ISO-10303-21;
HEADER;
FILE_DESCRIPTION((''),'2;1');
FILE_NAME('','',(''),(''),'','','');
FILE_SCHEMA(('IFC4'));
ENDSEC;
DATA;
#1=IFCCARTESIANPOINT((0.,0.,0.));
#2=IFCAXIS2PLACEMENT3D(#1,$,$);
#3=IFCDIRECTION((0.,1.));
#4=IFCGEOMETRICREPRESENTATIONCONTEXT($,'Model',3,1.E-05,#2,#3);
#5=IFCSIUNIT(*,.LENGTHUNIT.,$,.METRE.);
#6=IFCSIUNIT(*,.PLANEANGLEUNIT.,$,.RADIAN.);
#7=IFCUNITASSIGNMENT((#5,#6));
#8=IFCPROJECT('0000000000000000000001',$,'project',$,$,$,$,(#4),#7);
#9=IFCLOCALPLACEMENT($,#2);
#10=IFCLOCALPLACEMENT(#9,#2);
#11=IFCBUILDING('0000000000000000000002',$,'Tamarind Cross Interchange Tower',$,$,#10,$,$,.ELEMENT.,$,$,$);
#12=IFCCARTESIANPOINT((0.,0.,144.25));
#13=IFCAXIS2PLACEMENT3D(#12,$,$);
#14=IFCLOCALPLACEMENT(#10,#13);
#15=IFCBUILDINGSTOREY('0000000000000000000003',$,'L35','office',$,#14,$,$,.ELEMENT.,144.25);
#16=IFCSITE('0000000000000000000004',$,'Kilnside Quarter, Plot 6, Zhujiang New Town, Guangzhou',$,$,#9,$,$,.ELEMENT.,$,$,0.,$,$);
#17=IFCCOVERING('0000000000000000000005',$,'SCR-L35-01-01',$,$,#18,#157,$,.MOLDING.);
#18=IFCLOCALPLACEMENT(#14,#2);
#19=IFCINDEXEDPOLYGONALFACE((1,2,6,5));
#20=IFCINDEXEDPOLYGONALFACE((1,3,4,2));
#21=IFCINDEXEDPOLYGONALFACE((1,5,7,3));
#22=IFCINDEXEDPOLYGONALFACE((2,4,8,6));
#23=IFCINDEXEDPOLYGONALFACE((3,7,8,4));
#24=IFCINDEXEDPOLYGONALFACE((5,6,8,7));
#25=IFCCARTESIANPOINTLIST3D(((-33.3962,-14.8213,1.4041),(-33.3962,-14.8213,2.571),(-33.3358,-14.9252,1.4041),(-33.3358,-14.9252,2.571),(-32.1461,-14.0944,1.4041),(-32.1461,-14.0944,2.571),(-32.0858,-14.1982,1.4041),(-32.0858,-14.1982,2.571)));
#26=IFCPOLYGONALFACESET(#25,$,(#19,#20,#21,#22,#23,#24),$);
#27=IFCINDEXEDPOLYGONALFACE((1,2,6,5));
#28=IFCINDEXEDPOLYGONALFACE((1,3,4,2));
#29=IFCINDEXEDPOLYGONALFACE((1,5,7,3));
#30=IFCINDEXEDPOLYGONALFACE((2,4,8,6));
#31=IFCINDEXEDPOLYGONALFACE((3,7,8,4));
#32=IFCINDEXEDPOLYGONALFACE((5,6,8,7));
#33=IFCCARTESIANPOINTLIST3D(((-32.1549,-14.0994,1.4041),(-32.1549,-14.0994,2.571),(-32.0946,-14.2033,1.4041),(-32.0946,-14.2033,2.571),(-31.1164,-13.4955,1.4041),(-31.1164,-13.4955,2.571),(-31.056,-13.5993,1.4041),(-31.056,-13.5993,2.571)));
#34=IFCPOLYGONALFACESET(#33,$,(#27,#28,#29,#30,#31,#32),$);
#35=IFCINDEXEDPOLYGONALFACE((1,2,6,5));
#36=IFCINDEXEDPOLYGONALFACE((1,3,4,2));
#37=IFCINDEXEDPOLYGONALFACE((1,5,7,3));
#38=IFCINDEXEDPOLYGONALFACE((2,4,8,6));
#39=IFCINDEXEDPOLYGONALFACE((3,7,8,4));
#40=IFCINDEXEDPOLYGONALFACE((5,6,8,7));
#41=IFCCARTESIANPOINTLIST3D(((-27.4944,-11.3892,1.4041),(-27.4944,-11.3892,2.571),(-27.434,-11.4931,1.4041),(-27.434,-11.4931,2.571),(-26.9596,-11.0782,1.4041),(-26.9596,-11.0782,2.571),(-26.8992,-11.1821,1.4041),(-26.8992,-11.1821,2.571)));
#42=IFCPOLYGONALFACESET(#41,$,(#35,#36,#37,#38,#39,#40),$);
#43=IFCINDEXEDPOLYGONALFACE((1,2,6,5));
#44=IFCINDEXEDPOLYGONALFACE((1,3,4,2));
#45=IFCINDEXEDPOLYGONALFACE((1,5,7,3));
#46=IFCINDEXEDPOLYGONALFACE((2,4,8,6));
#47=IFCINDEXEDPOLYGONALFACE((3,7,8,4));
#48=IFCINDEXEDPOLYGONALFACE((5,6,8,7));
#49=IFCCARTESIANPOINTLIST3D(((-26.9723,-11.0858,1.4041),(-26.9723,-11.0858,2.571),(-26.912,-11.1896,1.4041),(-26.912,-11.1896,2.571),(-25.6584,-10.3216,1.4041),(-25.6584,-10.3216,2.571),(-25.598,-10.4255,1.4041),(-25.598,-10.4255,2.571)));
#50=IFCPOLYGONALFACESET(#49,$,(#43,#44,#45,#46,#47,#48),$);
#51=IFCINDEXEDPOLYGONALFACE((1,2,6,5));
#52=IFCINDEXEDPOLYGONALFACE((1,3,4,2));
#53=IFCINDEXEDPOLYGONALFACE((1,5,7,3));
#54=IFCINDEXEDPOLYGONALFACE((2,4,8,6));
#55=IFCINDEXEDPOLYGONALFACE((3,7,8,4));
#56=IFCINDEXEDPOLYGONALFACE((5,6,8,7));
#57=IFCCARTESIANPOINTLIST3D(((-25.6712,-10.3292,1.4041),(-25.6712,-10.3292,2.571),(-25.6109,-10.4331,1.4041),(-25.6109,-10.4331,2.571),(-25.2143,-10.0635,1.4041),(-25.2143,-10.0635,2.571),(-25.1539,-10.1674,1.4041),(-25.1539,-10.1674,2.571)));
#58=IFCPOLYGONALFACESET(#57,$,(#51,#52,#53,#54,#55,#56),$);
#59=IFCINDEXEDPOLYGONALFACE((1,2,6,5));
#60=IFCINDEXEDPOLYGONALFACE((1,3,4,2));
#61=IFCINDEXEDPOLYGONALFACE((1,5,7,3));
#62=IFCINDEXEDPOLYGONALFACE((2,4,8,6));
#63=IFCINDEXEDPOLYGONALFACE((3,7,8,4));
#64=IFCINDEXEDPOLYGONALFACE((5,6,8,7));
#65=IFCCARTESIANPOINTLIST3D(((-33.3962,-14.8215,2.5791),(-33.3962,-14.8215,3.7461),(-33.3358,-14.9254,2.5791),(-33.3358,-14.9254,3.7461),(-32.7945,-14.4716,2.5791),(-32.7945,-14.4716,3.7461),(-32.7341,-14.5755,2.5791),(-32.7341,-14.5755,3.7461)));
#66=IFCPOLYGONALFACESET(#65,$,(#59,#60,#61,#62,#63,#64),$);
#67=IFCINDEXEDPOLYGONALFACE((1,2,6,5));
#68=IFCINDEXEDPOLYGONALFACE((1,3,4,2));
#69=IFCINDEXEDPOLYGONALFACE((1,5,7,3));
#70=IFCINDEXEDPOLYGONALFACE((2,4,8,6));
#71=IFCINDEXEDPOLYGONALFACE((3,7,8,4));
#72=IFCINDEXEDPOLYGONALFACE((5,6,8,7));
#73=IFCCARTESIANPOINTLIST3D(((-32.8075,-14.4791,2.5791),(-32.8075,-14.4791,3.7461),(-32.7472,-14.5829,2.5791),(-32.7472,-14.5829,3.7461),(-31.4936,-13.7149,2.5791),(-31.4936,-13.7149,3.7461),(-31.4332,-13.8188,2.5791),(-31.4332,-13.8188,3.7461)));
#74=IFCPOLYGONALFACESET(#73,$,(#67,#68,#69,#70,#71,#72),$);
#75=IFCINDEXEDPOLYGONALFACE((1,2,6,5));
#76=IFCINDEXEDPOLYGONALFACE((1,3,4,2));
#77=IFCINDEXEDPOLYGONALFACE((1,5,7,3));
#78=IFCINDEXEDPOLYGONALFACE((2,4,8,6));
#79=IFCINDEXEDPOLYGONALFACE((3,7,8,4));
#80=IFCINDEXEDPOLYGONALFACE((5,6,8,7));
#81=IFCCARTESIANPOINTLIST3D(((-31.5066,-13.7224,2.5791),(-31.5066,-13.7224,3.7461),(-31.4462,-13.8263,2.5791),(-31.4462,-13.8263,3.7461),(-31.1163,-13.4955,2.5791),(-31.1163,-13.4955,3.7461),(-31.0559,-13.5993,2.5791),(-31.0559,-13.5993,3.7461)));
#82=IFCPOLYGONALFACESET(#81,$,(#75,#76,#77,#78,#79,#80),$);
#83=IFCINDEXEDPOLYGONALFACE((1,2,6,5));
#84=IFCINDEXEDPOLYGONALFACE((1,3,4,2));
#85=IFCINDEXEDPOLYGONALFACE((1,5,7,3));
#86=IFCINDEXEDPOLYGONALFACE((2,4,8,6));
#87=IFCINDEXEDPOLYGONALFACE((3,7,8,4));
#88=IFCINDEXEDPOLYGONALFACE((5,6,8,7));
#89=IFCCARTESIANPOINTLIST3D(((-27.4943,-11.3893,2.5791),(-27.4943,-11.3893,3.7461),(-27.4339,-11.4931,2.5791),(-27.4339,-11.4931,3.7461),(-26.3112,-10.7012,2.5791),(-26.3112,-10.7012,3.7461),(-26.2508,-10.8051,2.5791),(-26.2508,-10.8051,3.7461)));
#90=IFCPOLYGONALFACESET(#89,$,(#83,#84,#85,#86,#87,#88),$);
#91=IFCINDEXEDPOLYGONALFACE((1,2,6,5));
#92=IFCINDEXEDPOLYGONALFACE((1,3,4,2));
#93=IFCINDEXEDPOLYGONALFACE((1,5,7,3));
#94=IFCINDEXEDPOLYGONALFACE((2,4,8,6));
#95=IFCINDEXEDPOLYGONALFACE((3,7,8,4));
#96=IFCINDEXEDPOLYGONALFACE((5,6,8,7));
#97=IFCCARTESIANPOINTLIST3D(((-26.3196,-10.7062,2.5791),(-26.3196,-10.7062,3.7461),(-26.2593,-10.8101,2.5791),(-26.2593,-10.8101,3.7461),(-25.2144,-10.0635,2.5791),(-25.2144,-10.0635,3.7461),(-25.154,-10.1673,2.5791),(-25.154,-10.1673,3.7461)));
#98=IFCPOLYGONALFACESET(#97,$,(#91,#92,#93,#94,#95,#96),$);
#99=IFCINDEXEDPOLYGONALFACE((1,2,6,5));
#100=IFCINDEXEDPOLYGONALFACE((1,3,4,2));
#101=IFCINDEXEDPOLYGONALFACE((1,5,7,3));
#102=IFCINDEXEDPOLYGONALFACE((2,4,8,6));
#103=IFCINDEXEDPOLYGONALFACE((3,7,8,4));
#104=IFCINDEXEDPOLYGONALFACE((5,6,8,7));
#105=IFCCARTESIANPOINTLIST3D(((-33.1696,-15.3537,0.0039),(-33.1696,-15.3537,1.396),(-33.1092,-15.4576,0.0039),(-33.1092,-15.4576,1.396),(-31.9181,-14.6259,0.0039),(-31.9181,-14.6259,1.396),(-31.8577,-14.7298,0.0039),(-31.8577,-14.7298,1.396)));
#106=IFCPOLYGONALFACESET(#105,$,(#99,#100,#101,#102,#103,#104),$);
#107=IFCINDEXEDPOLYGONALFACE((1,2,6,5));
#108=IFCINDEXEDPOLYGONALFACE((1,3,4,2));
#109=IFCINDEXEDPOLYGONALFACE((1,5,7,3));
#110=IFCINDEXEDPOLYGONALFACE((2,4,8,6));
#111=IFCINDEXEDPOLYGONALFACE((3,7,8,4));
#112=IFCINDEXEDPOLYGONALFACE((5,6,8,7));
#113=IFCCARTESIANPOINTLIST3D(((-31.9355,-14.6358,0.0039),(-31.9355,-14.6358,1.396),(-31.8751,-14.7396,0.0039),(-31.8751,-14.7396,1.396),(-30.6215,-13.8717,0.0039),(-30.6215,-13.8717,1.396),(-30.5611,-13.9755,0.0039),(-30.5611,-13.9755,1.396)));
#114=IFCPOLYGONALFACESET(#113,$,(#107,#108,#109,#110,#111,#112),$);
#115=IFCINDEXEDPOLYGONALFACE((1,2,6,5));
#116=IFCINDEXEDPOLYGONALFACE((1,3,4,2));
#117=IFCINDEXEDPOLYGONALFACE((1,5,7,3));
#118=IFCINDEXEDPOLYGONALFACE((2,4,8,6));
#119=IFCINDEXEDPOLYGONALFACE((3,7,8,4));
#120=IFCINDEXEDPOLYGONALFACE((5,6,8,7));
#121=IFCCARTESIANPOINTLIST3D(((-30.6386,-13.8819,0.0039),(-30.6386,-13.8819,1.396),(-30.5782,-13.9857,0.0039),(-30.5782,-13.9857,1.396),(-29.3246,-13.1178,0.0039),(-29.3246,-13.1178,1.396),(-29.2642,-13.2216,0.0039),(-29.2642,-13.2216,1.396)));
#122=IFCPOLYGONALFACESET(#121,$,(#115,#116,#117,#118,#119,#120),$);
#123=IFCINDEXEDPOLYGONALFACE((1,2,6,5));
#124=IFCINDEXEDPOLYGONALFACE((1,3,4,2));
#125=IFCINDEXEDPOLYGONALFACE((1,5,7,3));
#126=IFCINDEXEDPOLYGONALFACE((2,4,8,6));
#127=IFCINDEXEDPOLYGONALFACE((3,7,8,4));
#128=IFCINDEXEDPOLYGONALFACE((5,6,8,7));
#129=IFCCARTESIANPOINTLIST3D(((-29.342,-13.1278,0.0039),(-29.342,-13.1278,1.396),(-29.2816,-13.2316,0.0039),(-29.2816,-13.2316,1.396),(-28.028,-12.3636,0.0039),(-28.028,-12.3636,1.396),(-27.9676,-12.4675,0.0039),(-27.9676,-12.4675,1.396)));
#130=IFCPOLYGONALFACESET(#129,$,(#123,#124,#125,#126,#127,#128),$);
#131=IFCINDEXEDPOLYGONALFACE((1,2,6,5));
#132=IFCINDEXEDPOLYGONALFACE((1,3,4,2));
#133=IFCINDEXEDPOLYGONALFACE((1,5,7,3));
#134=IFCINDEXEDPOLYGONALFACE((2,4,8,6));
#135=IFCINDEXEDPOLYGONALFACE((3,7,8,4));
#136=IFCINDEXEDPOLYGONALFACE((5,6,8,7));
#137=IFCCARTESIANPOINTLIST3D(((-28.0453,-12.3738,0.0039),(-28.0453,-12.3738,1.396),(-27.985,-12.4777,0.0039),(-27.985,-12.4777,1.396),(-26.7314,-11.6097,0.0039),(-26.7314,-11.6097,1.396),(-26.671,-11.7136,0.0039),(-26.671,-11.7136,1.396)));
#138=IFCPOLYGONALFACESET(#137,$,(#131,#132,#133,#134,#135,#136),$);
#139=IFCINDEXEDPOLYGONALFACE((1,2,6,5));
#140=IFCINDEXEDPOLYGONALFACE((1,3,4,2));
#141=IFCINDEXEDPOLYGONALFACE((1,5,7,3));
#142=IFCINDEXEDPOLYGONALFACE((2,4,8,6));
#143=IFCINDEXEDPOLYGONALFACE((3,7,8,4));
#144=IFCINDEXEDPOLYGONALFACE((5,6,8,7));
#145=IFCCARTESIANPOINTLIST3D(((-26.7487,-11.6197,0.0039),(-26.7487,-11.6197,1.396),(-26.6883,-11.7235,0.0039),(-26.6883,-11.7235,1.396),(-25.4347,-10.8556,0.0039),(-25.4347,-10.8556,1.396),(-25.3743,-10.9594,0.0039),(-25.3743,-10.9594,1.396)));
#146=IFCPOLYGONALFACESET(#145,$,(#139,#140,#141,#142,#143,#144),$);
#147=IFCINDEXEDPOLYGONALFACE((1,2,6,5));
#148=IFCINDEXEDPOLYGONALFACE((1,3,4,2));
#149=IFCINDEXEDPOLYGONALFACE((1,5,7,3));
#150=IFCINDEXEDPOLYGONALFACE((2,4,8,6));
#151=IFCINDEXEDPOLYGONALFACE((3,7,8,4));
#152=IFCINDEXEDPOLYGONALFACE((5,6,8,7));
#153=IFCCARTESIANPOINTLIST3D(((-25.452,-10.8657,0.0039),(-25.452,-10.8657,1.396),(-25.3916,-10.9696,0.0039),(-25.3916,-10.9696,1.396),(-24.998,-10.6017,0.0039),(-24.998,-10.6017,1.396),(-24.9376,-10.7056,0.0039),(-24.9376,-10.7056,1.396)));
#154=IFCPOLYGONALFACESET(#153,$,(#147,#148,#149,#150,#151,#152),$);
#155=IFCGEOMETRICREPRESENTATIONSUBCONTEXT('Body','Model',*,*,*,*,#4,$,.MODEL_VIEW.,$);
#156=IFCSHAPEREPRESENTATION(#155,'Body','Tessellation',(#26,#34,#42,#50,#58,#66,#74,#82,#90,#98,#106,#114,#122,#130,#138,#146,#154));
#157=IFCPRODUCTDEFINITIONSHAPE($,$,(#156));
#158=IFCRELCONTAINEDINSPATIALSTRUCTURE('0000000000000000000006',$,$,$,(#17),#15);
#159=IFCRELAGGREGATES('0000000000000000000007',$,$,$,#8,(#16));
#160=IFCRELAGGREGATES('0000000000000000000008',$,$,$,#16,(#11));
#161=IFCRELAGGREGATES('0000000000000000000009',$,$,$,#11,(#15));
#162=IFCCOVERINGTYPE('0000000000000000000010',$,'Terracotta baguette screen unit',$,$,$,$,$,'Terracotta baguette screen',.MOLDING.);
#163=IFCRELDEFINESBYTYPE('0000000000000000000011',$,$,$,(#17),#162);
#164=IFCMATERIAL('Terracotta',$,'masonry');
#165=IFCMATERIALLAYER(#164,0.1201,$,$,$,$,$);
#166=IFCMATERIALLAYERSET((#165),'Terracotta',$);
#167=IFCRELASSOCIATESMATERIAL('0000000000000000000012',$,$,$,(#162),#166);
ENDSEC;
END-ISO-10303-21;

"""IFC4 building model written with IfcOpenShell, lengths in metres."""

from ifc_helpers import new_model, si_unit, direction, frame, origin, origin_2d, place, context, subcontext, project, spatial, rectangle, extrude, material, layer, layer_set, type_object, element, save


model = new_model("IFC4")

# Units and contexts
model_context = context("Model", 3, precision=1e-05, world=origin(), true_north=direction((0.0, 1.0)))
body_context = subcontext(model_context, "Body", "Model", "MODEL_VIEW")
ifc_project = project(units=[si_unit("LENGTHUNIT", "METRE"), si_unit("PLANEANGLEUNIT", "RADIAN")], contexts=[model_context])

# Site, building, storey
site_placement = place(None, origin())
site = spatial("IfcSite", under=ifc_project, at=site_placement, Name="Kilnside Quarter, Plot 6, Zhujiang New Town, Guangzhou", CompositionType="ELEMENT", RefElevation=0.0)
building_placement = place(site_placement, origin())
building = spatial("IfcBuilding", under=site, at=building_placement, Name="Tamarind Cross Interchange Tower", CompositionType="ELEMENT")
storey_placement = place(building_placement, frame((0.0, 0.0, 144.25)))
storey = spatial("IfcBuildingStorey", under=building, at=storey_placement, Name="L35", Description="office", CompositionType="ELEMENT", Elevation=144.25)

# Covering
ifc_material_1 = material(Name="Terracotta", Category="masonry")
ifc_layer_1 = layer(ifc_material_1, 0.1201)
ifc_layer_set_1 = layer_set([ifc_layer_1], Name="Terracotta")
covering_type = type_object("IfcCoveringType", Name="Terracotta baguette screen unit", ElementType="Terracotta baguette screen", PredefinedType="MOLDING", material=ifc_layer_set_1)
covering_1_placement = place(storey_placement, origin())
element("IfcCovering", 1, at=covering_1_placement, inside=storey, type_object=covering_type, Name="SCR-L35-01-01", PredefinedType="MOLDING", context=body_context, shape_type="SweptSolid", body=[
    extrude(rectangle(XDim=1.446, YDim=0.1201, at=origin_2d()), frame((-32.741, -14.5098, 1.4041), z_axis=(0.0, 0.0, 1.0), x_axis=(0.864456, 0.502708, 0.0)), (0.0, 0.0, 1.0), 1.167),
    extrude(rectangle(XDim=1.2014, YDim=0.1201, at=origin_2d()), frame((-31.6055, -13.8494, 1.4041), z_axis=(0.0, 0.0, 1.0), x_axis=(0.864456, 0.502708, 0.0)), (0.0, 0.0, 1.0), 1.167),
    extrude(rectangle(XDim=0.6187, YDim=0.1201, at=origin_2d()), frame((-27.1968, -11.2856, 1.4041), z_axis=(0.0, 0.0, 1.0), x_axis=(0.864456, 0.502708, 0.0)), (0.0, 0.0, 1.0), 1.167),
    extrude(rectangle(XDim=1.52, YDim=0.1201, at=origin_2d()), frame((-26.2852, -10.7556, 1.4041), z_axis=(0.0, 0.0, 1.0), x_axis=(0.864456, 0.502708, 0.0)), (0.0, 0.0, 1.0), 1.167),
    extrude(rectangle(XDim=0.5286, YDim=0.1201, at=origin_2d()), frame((-25.4126, -10.2483, 1.4041), z_axis=(0.0, 0.0, 1.0), x_axis=(0.864456, 0.502708, 0.0)), (0.0, 0.0, 1.0), 1.167),
    extrude(rectangle(XDim=0.696, YDim=0.1201, at=origin_2d()), frame((-33.0652, -14.6985, 2.5791), z_axis=(0.0, 0.0, 1.0), x_axis=(0.864456, 0.502708, 0.0)), (0.0, 0.0, 1.0), 1.167),
    extrude(rectangle(XDim=1.52, YDim=0.1201, at=origin_2d()), frame((-32.1204, -14.1489, 2.5791), z_axis=(0.0, 0.0, 1.0), x_axis=(0.864456, 0.502708, 0.0)), (0.0, 0.0, 1.0), 1.167),
    extrude(rectangle(XDim=0.4514, YDim=0.1201, at=origin_2d()), frame((-31.2812, -13.6609, 2.5791), z_axis=(0.0, 0.0, 1.0), x_axis=(0.864456, 0.502708, 0.0)), (0.0, 0.0, 1.0), 1.167),
    extrude(rectangle(XDim=1.3687, YDim=0.1201, at=origin_2d()), frame((-26.8726, -11.0972, 2.5791), z_axis=(0.0, 0.0, 1.0), x_axis=(0.864456, 0.502708, 0.0)), (0.0, 0.0, 1.0), 1.167),
    extrude(rectangle(XDim=1.2786, YDim=0.1201, at=origin_2d()), frame((-25.7368, -10.4368, 2.5791), z_axis=(0.0, 0.0, 1.0), x_axis=(0.864456, 0.502708, 0.0)), (0.0, 0.0, 1.0), 1.167),
    extrude(rectangle(XDim=1.4478, YDim=0.1201, at=origin_2d()), frame((-32.5137, -15.0417, 0.0039), z_axis=(0.0, 0.0, 1.0), x_axis=(0.864456, 0.502708, 0.0)), (0.0, 0.0, 1.0), 1.3921),
    extrude(rectangle(XDim=1.52, YDim=0.1201, at=origin_2d()), frame((-31.2483, -14.3057, 0.0039), z_axis=(0.0, 0.0, 1.0), x_axis=(0.864456, 0.502708, 0.0)), (0.0, 0.0, 1.0), 1.3921),
    extrude(rectangle(XDim=1.52, YDim=0.1201, at=origin_2d()), frame((-29.9514, -13.5518, 0.0039), z_axis=(0.0, 0.0, 1.0), x_axis=(0.864456, 0.502708, 0.0)), (0.0, 0.0, 1.0), 1.3921),
    extrude(rectangle(XDim=1.52, YDim=0.1201, at=origin_2d()), frame((-28.6548, -12.7976, 0.0039), z_axis=(0.0, 0.0, 1.0), x_axis=(0.864456, 0.502708, 0.0)), (0.0, 0.0, 1.0), 1.3921),
    extrude(rectangle(XDim=1.52, YDim=0.1201, at=origin_2d()), frame((-27.3582, -12.0437, 0.0039), z_axis=(0.0, 0.0, 1.0), x_axis=(0.864456, 0.502708, 0.0)), (0.0, 0.0, 1.0), 1.3921),
    extrude(rectangle(XDim=1.52, YDim=0.1201, at=origin_2d()), frame((-26.0615, -11.2896, 0.0039), z_axis=(0.0, 0.0, 1.0), x_axis=(0.864456, 0.502708, 0.0)), (0.0, 0.0, 1.0), 1.3921),
    extrude(rectangle(XDim=0.5251, YDim=0.1201, at=origin_2d()), frame((-25.1948, -10.7856, 0.0039), z_axis=(0.0, 0.0, 1.0), x_axis=(0.864456, 0.502708, 0.0)), (0.0, 0.0, 1.0), 1.3921),
])

save(model, "model.ifc")
